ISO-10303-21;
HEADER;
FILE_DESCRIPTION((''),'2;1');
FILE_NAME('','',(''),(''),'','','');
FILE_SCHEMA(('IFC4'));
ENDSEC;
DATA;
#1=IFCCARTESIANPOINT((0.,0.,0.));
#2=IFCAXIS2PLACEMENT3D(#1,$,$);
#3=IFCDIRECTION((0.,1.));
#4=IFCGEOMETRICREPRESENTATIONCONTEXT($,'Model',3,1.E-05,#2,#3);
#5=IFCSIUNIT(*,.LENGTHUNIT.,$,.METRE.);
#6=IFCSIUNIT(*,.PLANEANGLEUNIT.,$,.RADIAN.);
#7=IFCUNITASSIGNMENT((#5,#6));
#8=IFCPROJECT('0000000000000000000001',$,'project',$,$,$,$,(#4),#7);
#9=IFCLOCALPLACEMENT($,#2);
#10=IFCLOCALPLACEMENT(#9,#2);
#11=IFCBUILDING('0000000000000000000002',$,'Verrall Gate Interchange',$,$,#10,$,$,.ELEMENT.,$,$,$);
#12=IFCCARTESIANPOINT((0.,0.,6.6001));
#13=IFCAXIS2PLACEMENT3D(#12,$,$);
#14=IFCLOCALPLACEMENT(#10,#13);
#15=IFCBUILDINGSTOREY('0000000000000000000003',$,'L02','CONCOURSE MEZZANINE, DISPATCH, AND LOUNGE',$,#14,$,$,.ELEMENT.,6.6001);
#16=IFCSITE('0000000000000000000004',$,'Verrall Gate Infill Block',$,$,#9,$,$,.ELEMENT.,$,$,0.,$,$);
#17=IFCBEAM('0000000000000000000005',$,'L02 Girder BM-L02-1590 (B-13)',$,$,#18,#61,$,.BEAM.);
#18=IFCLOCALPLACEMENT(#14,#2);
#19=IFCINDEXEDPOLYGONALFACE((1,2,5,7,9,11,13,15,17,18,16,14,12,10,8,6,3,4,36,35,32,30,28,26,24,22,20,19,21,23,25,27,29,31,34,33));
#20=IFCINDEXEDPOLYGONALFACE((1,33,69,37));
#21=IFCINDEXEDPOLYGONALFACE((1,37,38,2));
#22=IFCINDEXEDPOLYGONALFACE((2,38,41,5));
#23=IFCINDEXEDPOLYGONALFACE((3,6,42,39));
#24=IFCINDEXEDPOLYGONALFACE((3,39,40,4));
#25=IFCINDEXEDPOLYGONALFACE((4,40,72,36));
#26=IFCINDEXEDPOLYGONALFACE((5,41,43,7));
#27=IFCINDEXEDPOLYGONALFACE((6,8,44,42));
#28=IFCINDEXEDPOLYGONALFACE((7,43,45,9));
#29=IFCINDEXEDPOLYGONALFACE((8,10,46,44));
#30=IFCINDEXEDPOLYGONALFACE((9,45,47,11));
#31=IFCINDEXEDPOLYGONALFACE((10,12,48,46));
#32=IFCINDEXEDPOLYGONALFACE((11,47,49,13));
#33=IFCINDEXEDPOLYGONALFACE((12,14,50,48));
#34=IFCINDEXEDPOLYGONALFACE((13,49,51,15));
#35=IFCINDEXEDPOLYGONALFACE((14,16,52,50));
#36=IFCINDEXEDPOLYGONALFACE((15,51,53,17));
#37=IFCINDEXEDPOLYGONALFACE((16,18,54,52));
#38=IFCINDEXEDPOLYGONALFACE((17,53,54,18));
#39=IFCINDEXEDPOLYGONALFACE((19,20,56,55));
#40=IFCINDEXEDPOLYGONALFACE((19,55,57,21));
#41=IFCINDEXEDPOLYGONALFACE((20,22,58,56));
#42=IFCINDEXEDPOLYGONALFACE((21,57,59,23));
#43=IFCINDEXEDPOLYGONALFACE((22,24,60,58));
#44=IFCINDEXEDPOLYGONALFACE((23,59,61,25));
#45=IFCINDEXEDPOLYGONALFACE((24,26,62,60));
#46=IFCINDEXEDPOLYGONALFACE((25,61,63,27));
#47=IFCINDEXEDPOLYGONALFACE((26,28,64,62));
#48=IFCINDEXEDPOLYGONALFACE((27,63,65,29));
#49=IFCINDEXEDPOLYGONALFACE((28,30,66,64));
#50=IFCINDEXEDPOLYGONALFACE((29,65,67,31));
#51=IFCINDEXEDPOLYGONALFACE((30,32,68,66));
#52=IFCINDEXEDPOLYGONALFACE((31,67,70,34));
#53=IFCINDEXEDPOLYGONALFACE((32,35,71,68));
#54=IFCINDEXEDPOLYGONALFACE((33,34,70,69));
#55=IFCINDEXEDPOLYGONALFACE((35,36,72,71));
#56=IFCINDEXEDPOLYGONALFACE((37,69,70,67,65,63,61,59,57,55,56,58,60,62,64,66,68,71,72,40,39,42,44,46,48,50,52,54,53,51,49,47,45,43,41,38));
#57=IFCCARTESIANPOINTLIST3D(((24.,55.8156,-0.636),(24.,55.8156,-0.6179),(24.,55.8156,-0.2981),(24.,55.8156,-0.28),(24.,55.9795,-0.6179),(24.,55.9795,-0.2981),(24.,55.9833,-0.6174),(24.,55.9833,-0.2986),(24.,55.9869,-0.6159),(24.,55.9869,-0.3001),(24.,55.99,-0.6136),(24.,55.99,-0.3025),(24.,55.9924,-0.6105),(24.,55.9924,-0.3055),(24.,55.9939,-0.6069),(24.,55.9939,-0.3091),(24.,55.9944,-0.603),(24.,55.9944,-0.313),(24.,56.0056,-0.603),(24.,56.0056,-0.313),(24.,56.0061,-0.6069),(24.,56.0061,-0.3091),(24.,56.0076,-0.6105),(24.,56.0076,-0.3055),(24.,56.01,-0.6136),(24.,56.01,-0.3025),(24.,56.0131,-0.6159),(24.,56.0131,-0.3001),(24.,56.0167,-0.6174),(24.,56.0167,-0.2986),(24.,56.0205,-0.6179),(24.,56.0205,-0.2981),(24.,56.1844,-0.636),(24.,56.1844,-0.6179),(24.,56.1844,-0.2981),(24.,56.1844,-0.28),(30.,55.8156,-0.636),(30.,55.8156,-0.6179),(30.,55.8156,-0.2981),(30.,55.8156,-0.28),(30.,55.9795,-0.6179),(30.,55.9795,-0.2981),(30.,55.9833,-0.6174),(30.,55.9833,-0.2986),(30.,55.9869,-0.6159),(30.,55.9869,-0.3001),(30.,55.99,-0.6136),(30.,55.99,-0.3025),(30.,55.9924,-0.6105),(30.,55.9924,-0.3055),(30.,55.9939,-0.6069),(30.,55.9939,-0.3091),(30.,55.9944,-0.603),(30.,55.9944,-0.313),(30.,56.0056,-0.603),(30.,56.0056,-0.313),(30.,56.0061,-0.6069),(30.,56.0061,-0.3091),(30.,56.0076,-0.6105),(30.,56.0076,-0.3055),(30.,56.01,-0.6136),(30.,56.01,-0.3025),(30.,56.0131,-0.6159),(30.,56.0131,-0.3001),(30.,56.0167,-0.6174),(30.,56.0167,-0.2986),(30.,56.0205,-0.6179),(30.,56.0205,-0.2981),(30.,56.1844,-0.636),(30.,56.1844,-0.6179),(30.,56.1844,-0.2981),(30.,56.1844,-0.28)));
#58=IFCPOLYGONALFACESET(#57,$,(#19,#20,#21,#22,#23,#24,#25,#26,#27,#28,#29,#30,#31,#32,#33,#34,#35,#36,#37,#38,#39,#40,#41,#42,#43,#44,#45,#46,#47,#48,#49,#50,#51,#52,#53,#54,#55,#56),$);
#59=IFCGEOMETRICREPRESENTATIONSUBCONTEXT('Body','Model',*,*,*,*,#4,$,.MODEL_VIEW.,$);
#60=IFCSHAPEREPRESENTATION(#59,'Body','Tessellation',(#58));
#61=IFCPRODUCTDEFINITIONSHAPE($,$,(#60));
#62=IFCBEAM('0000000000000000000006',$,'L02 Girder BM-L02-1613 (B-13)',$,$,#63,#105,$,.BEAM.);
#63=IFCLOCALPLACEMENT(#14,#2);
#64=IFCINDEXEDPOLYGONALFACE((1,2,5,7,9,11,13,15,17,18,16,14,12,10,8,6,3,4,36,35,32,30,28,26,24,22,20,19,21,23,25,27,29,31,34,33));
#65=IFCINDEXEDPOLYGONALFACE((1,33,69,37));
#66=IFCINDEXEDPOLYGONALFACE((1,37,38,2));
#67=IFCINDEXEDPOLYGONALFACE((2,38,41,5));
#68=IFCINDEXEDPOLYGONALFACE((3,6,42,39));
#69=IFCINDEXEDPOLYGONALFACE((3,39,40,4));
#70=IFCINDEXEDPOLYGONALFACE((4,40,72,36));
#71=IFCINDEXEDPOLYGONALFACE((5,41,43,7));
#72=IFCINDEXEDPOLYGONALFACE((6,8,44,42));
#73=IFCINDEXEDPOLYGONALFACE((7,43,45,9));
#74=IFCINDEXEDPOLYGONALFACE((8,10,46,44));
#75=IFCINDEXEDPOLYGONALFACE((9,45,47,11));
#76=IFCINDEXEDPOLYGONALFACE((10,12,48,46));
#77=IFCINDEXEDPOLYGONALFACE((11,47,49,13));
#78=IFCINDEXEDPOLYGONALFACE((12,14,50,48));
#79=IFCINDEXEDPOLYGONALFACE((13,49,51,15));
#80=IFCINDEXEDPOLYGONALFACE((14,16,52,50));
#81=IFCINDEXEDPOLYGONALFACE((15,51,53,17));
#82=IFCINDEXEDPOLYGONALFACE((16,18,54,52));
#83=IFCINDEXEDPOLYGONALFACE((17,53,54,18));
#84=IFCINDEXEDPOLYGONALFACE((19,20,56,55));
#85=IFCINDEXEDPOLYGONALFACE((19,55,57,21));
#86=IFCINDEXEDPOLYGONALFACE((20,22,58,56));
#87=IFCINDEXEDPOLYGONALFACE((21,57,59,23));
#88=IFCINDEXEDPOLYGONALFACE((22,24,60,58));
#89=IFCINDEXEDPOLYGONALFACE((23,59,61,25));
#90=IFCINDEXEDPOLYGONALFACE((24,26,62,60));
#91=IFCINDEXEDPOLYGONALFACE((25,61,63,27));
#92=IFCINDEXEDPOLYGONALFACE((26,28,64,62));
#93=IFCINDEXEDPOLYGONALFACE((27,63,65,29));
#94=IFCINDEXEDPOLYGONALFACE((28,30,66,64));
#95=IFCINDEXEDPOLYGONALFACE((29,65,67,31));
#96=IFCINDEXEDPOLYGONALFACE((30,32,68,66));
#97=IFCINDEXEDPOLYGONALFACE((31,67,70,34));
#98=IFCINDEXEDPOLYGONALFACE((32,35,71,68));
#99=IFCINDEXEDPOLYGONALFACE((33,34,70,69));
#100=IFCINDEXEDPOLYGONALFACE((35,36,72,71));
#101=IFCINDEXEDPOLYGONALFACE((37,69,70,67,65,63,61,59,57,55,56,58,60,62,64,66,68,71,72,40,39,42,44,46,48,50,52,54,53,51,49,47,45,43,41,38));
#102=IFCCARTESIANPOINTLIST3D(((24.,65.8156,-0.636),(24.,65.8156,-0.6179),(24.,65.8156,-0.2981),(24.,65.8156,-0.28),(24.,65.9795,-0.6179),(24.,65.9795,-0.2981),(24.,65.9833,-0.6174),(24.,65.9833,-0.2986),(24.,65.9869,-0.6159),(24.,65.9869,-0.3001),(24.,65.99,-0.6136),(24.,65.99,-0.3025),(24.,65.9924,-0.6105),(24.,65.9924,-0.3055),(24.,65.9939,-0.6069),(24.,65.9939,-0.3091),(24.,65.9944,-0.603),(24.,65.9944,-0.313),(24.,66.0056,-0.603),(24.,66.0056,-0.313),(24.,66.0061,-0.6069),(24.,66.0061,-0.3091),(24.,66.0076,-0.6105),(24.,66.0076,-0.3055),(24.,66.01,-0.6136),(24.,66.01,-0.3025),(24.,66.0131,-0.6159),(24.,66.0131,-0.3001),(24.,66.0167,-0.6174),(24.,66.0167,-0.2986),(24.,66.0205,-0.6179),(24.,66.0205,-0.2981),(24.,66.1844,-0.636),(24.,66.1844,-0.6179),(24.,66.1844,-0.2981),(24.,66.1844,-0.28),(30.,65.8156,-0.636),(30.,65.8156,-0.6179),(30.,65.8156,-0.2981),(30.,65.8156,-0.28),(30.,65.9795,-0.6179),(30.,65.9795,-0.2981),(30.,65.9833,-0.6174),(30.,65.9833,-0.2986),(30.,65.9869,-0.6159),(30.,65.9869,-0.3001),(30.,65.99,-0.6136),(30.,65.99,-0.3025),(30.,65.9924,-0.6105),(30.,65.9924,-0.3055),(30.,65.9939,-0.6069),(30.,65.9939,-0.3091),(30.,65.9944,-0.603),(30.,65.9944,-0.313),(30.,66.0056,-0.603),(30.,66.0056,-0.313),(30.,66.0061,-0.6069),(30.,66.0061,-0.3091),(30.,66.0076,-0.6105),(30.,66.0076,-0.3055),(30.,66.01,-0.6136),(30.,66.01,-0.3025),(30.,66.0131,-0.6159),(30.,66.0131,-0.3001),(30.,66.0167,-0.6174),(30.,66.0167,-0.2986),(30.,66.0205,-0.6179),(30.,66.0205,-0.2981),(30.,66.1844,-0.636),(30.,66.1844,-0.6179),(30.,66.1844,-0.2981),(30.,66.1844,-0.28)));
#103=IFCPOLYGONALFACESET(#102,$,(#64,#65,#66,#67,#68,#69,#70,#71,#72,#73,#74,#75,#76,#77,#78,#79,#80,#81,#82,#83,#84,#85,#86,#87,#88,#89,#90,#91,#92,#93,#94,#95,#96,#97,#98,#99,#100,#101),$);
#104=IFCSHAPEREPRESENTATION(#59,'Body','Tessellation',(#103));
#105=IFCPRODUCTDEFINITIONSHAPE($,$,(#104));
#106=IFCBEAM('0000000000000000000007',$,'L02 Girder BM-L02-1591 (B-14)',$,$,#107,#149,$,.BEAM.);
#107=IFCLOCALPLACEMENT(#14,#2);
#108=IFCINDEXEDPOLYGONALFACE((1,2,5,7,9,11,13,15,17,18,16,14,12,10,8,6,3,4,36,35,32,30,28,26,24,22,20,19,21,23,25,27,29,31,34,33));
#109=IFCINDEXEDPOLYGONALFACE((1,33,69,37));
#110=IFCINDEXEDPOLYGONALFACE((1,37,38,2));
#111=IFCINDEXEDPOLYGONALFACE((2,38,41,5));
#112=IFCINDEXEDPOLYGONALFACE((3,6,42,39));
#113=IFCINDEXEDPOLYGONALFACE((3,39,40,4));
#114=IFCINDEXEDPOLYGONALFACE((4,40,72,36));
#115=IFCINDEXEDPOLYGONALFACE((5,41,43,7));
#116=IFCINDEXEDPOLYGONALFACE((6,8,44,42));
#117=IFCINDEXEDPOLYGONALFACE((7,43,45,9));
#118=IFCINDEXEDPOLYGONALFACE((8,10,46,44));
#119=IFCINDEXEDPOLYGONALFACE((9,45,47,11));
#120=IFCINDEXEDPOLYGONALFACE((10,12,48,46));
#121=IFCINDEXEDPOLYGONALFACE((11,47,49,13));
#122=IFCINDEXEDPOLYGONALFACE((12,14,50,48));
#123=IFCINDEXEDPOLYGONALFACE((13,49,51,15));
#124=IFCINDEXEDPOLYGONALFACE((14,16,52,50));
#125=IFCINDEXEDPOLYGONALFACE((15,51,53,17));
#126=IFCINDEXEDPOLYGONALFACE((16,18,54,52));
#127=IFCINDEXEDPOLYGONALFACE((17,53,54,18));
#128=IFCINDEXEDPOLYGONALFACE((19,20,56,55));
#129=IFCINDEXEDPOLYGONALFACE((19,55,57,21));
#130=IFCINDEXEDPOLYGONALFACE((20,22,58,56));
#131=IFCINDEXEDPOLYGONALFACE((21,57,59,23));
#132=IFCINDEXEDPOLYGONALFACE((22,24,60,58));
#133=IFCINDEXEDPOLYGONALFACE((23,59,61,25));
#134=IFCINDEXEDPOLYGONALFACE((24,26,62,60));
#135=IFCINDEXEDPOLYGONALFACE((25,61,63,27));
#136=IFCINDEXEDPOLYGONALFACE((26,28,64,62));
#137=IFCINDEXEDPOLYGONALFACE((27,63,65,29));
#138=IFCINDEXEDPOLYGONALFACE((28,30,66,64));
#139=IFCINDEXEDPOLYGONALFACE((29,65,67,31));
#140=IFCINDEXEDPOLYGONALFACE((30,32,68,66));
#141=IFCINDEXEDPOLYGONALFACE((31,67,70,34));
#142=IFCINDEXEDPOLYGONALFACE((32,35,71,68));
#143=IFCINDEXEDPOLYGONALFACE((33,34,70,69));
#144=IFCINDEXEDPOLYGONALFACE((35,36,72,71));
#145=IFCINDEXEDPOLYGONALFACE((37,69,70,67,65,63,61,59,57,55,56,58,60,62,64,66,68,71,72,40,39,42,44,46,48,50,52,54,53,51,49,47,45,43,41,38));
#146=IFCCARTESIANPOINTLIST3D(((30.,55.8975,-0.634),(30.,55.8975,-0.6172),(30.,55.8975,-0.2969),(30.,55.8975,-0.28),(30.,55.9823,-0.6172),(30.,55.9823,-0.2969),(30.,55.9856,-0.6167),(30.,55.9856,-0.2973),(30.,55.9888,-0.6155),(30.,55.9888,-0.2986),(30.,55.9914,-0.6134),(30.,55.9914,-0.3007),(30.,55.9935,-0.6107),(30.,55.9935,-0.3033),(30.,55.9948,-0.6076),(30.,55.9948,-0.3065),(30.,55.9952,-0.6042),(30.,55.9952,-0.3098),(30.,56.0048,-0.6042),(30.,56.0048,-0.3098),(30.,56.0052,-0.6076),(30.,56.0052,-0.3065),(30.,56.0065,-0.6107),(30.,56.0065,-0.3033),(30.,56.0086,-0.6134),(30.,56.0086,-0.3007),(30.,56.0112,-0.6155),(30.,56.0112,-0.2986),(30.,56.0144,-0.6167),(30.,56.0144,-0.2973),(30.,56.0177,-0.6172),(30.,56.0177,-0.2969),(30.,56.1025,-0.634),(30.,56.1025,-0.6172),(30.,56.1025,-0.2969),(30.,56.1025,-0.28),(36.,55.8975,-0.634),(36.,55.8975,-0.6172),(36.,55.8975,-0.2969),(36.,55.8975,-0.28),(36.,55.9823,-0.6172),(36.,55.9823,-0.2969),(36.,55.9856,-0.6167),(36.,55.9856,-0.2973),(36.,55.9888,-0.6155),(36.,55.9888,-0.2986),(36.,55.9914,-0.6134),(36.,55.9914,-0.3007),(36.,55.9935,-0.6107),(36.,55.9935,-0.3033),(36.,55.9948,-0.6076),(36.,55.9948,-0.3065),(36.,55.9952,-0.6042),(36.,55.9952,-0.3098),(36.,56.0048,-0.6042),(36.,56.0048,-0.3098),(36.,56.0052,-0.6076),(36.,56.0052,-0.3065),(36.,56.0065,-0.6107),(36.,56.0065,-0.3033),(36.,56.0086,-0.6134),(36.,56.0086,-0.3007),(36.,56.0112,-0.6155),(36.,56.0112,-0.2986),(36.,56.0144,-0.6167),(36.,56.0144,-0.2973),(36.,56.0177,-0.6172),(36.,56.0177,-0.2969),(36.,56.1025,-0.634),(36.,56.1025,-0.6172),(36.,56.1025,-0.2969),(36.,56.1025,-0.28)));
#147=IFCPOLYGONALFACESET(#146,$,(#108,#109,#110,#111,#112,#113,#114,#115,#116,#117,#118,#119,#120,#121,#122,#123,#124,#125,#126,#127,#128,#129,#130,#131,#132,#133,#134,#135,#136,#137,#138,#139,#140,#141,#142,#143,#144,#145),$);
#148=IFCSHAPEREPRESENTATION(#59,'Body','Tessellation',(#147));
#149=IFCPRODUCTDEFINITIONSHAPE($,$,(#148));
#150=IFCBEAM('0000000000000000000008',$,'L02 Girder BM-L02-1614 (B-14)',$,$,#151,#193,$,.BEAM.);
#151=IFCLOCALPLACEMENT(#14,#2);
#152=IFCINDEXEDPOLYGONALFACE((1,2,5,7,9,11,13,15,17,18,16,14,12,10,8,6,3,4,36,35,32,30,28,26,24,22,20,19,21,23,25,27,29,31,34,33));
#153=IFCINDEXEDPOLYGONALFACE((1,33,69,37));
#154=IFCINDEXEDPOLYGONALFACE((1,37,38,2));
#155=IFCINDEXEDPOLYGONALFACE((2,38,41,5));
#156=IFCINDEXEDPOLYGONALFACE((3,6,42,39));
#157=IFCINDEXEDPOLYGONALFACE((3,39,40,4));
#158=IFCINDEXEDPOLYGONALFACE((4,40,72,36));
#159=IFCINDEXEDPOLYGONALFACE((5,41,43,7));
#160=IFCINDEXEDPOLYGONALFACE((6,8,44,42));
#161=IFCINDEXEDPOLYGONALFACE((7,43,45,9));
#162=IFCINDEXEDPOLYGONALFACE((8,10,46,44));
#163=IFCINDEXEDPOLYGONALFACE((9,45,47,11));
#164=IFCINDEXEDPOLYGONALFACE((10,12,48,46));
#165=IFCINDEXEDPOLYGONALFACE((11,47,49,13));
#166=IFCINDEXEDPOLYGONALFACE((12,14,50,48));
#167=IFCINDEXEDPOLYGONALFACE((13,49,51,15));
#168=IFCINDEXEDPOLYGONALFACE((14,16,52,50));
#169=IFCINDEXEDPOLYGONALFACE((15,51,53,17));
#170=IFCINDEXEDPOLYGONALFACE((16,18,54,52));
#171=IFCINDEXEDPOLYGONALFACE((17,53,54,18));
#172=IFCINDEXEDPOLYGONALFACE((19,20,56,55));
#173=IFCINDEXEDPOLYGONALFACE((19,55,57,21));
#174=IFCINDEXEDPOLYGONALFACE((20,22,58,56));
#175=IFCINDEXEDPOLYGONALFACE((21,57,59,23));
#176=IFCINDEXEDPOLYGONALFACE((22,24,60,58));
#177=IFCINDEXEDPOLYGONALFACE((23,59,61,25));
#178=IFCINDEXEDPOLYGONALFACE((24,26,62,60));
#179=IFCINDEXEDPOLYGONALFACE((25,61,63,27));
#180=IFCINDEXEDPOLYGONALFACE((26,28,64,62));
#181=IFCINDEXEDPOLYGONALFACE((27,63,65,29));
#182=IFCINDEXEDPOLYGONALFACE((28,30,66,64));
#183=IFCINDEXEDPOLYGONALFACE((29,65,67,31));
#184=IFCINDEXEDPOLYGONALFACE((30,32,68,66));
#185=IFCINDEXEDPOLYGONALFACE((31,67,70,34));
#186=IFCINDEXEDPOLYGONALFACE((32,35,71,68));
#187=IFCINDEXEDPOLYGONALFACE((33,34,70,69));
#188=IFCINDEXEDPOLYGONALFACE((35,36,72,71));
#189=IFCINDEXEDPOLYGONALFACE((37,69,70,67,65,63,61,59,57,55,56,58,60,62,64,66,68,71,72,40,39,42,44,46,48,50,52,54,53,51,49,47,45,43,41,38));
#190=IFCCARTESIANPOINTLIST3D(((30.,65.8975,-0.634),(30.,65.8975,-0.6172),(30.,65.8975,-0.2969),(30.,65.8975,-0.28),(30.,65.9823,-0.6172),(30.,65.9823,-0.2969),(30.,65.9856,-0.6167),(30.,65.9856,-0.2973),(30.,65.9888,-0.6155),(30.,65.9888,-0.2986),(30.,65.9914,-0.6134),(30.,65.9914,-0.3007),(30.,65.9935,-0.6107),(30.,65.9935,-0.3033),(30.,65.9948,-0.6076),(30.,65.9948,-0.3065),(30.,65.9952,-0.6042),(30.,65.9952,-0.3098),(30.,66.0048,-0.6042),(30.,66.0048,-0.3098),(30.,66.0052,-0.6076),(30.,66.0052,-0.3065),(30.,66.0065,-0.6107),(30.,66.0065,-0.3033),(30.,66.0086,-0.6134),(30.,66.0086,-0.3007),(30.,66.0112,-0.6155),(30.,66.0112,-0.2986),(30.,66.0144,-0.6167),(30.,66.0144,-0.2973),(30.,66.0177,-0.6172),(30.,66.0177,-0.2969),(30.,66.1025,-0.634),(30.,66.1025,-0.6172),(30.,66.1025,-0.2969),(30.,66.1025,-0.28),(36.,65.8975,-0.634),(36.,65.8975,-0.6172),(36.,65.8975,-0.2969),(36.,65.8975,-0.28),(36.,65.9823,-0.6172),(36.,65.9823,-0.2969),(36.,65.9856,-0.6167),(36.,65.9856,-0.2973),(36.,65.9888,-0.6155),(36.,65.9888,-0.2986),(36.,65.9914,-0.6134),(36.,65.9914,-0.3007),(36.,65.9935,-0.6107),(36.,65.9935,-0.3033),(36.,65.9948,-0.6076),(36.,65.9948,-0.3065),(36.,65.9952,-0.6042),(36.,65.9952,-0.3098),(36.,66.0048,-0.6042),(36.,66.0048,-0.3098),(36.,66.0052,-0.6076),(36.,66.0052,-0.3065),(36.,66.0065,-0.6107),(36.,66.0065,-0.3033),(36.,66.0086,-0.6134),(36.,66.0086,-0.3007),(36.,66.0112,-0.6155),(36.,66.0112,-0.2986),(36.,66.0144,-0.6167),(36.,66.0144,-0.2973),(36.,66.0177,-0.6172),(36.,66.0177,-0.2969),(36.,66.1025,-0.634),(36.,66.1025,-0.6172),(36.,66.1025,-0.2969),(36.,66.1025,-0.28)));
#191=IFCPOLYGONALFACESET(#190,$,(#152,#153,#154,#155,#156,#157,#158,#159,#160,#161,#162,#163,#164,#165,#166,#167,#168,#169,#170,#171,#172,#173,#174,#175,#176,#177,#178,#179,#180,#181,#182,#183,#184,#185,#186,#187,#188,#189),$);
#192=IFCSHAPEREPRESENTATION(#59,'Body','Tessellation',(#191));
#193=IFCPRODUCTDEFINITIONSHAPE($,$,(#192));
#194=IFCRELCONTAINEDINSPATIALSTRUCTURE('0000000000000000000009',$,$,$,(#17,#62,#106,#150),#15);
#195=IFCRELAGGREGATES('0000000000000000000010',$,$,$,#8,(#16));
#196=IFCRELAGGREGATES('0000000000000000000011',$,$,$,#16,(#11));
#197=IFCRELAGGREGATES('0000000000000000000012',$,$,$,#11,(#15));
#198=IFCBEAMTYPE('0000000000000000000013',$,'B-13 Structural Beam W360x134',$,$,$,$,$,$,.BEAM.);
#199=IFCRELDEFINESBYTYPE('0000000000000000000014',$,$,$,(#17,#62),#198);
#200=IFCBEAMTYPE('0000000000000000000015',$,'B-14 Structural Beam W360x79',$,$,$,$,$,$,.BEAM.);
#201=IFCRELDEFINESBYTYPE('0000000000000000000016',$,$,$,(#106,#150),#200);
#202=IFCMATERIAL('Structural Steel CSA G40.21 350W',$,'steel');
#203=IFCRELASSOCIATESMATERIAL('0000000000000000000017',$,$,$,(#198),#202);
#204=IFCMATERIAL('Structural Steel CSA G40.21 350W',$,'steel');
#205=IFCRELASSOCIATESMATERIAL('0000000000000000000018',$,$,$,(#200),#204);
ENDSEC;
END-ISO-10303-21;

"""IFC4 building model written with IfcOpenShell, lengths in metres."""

from ifc_helpers import new_model, si_unit, direction, frame, origin, origin_2d, place, context, subcontext, project, spatial, i_section, extrude, material, material_profile, profile_set, type_object, element, save


model = new_model("IFC4")

# Units and contexts
model_context = context("Model", 3, precision=1e-05, world=origin(), true_north=direction((0.0, 1.0)))
body_context = subcontext(model_context, "Body", "Model", "MODEL_VIEW")
ifc_project = project(units=[si_unit("LENGTHUNIT", "METRE"), si_unit("PLANEANGLEUNIT", "RADIAN")], contexts=[model_context])

# Site, building, storey
site_placement = place(None, origin())
site = spatial("IfcSite", under=ifc_project, at=site_placement, Name="Verrall Gate Infill Block", CompositionType="ELEMENT", RefElevation=0.0)
building_placement = place(site_placement, origin())
building = spatial("IfcBuilding", under=site, at=building_placement, Name="Verrall Gate Interchange", CompositionType="ELEMENT")
storey_placement = place(building_placement, frame((0.0, 0.0, 6.6001)))
storey = spatial("IfcBuildingStorey", under=building, at=storey_placement, Name="L02", Description="CONCOURSE MEZZANINE, DISPATCH, AND LOUNGE", CompositionType="ELEMENT", Elevation=6.6001)

# Beams
ifc_material_1 = material(Name="Structural Steel CSA G40.21 350W", Category="steel")
ifc_material_profile_1 = material_profile(ifc_material_1, i_section(OverallWidth=0.3689, OverallDepth=0.356, WebThickness=0.0112, FlangeThickness=0.0181, FilletRadius=0.0149, at=origin_2d()), Name="W360x134")
ifc_profile_set_1 = profile_set([ifc_material_profile_1], Name="Structural Steel CSA G40.21 350W")
beam_type_1 = type_object("IfcBeamType", Name="B-13 Structural Beam W360x134", PredefinedType="BEAM", material=ifc_profile_set_1)
for number, where, z_axis, x_axis, name in (
    (1, (24.0, 56.0, -0.458), (1.0, 0.0, 0.0), (0.0, 1.0, 0.0), "L02 Girder BM-L02-1590 (B-13)"),
    (2, (24.0, 66.0, -0.458), (1.0, 0.0, 0.0), (0.0, 1.0, 0.0), "L02 Girder BM-L02-1613 (B-13)"),
):
    element("IfcBeam", number, at=place(storey_placement, frame(where, z_axis=z_axis, x_axis=x_axis)), inside=storey, type_object=beam_type_1, Name=name, PredefinedType="BEAM", context=body_context, shape_type="SweptSolid", body=[
        extrude(i_section(OverallWidth=0.3689, OverallDepth=0.356, WebThickness=0.0112, FlangeThickness=0.0181, FilletRadius=0.0149, at=origin_2d()), origin(), (0.0, 0.0, 1.0), 6.0),
    ])
ifc_material_2 = material(Name="Structural Steel CSA G40.21 350W", Category="steel")
ifc_material_profile_2 = material_profile(ifc_material_2, i_section(OverallWidth=0.2051, OverallDepth=0.354, WebThickness=0.0095, FlangeThickness=0.0168, FilletRadius=0.0129, at=origin_2d()), Name="W360x79")
ifc_profile_set_2 = profile_set([ifc_material_profile_2], Name="Structural Steel CSA G40.21 350W")
beam_type_2 = type_object("IfcBeamType", Name="B-14 Structural Beam W360x79", PredefinedType="BEAM", material=ifc_profile_set_2)
for number, where, z_axis, x_axis, name in (
    (3, (30.0, 56.0, -0.457), (1.0, 0.0, 0.0), (0.0, 1.0, 0.0), "L02 Girder BM-L02-1591 (B-14)"),
    (4, (30.0, 66.0, -0.457), (1.0, 0.0, 0.0), (0.0, 1.0, 0.0), "L02 Girder BM-L02-1614 (B-14)"),
):
    element("IfcBeam", number, at=place(storey_placement, frame(where, z_axis=z_axis, x_axis=x_axis)), inside=storey, type_object=beam_type_2, Name=name, PredefinedType="BEAM", context=body_context, shape_type="SweptSolid", body=[
        extrude(i_section(OverallWidth=0.2051, OverallDepth=0.354, WebThickness=0.0095, FlangeThickness=0.0168, FilletRadius=0.0129, at=origin_2d()), origin(), (0.0, 0.0, 1.0), 6.0),
    ])

save(model, "model.ifc")
